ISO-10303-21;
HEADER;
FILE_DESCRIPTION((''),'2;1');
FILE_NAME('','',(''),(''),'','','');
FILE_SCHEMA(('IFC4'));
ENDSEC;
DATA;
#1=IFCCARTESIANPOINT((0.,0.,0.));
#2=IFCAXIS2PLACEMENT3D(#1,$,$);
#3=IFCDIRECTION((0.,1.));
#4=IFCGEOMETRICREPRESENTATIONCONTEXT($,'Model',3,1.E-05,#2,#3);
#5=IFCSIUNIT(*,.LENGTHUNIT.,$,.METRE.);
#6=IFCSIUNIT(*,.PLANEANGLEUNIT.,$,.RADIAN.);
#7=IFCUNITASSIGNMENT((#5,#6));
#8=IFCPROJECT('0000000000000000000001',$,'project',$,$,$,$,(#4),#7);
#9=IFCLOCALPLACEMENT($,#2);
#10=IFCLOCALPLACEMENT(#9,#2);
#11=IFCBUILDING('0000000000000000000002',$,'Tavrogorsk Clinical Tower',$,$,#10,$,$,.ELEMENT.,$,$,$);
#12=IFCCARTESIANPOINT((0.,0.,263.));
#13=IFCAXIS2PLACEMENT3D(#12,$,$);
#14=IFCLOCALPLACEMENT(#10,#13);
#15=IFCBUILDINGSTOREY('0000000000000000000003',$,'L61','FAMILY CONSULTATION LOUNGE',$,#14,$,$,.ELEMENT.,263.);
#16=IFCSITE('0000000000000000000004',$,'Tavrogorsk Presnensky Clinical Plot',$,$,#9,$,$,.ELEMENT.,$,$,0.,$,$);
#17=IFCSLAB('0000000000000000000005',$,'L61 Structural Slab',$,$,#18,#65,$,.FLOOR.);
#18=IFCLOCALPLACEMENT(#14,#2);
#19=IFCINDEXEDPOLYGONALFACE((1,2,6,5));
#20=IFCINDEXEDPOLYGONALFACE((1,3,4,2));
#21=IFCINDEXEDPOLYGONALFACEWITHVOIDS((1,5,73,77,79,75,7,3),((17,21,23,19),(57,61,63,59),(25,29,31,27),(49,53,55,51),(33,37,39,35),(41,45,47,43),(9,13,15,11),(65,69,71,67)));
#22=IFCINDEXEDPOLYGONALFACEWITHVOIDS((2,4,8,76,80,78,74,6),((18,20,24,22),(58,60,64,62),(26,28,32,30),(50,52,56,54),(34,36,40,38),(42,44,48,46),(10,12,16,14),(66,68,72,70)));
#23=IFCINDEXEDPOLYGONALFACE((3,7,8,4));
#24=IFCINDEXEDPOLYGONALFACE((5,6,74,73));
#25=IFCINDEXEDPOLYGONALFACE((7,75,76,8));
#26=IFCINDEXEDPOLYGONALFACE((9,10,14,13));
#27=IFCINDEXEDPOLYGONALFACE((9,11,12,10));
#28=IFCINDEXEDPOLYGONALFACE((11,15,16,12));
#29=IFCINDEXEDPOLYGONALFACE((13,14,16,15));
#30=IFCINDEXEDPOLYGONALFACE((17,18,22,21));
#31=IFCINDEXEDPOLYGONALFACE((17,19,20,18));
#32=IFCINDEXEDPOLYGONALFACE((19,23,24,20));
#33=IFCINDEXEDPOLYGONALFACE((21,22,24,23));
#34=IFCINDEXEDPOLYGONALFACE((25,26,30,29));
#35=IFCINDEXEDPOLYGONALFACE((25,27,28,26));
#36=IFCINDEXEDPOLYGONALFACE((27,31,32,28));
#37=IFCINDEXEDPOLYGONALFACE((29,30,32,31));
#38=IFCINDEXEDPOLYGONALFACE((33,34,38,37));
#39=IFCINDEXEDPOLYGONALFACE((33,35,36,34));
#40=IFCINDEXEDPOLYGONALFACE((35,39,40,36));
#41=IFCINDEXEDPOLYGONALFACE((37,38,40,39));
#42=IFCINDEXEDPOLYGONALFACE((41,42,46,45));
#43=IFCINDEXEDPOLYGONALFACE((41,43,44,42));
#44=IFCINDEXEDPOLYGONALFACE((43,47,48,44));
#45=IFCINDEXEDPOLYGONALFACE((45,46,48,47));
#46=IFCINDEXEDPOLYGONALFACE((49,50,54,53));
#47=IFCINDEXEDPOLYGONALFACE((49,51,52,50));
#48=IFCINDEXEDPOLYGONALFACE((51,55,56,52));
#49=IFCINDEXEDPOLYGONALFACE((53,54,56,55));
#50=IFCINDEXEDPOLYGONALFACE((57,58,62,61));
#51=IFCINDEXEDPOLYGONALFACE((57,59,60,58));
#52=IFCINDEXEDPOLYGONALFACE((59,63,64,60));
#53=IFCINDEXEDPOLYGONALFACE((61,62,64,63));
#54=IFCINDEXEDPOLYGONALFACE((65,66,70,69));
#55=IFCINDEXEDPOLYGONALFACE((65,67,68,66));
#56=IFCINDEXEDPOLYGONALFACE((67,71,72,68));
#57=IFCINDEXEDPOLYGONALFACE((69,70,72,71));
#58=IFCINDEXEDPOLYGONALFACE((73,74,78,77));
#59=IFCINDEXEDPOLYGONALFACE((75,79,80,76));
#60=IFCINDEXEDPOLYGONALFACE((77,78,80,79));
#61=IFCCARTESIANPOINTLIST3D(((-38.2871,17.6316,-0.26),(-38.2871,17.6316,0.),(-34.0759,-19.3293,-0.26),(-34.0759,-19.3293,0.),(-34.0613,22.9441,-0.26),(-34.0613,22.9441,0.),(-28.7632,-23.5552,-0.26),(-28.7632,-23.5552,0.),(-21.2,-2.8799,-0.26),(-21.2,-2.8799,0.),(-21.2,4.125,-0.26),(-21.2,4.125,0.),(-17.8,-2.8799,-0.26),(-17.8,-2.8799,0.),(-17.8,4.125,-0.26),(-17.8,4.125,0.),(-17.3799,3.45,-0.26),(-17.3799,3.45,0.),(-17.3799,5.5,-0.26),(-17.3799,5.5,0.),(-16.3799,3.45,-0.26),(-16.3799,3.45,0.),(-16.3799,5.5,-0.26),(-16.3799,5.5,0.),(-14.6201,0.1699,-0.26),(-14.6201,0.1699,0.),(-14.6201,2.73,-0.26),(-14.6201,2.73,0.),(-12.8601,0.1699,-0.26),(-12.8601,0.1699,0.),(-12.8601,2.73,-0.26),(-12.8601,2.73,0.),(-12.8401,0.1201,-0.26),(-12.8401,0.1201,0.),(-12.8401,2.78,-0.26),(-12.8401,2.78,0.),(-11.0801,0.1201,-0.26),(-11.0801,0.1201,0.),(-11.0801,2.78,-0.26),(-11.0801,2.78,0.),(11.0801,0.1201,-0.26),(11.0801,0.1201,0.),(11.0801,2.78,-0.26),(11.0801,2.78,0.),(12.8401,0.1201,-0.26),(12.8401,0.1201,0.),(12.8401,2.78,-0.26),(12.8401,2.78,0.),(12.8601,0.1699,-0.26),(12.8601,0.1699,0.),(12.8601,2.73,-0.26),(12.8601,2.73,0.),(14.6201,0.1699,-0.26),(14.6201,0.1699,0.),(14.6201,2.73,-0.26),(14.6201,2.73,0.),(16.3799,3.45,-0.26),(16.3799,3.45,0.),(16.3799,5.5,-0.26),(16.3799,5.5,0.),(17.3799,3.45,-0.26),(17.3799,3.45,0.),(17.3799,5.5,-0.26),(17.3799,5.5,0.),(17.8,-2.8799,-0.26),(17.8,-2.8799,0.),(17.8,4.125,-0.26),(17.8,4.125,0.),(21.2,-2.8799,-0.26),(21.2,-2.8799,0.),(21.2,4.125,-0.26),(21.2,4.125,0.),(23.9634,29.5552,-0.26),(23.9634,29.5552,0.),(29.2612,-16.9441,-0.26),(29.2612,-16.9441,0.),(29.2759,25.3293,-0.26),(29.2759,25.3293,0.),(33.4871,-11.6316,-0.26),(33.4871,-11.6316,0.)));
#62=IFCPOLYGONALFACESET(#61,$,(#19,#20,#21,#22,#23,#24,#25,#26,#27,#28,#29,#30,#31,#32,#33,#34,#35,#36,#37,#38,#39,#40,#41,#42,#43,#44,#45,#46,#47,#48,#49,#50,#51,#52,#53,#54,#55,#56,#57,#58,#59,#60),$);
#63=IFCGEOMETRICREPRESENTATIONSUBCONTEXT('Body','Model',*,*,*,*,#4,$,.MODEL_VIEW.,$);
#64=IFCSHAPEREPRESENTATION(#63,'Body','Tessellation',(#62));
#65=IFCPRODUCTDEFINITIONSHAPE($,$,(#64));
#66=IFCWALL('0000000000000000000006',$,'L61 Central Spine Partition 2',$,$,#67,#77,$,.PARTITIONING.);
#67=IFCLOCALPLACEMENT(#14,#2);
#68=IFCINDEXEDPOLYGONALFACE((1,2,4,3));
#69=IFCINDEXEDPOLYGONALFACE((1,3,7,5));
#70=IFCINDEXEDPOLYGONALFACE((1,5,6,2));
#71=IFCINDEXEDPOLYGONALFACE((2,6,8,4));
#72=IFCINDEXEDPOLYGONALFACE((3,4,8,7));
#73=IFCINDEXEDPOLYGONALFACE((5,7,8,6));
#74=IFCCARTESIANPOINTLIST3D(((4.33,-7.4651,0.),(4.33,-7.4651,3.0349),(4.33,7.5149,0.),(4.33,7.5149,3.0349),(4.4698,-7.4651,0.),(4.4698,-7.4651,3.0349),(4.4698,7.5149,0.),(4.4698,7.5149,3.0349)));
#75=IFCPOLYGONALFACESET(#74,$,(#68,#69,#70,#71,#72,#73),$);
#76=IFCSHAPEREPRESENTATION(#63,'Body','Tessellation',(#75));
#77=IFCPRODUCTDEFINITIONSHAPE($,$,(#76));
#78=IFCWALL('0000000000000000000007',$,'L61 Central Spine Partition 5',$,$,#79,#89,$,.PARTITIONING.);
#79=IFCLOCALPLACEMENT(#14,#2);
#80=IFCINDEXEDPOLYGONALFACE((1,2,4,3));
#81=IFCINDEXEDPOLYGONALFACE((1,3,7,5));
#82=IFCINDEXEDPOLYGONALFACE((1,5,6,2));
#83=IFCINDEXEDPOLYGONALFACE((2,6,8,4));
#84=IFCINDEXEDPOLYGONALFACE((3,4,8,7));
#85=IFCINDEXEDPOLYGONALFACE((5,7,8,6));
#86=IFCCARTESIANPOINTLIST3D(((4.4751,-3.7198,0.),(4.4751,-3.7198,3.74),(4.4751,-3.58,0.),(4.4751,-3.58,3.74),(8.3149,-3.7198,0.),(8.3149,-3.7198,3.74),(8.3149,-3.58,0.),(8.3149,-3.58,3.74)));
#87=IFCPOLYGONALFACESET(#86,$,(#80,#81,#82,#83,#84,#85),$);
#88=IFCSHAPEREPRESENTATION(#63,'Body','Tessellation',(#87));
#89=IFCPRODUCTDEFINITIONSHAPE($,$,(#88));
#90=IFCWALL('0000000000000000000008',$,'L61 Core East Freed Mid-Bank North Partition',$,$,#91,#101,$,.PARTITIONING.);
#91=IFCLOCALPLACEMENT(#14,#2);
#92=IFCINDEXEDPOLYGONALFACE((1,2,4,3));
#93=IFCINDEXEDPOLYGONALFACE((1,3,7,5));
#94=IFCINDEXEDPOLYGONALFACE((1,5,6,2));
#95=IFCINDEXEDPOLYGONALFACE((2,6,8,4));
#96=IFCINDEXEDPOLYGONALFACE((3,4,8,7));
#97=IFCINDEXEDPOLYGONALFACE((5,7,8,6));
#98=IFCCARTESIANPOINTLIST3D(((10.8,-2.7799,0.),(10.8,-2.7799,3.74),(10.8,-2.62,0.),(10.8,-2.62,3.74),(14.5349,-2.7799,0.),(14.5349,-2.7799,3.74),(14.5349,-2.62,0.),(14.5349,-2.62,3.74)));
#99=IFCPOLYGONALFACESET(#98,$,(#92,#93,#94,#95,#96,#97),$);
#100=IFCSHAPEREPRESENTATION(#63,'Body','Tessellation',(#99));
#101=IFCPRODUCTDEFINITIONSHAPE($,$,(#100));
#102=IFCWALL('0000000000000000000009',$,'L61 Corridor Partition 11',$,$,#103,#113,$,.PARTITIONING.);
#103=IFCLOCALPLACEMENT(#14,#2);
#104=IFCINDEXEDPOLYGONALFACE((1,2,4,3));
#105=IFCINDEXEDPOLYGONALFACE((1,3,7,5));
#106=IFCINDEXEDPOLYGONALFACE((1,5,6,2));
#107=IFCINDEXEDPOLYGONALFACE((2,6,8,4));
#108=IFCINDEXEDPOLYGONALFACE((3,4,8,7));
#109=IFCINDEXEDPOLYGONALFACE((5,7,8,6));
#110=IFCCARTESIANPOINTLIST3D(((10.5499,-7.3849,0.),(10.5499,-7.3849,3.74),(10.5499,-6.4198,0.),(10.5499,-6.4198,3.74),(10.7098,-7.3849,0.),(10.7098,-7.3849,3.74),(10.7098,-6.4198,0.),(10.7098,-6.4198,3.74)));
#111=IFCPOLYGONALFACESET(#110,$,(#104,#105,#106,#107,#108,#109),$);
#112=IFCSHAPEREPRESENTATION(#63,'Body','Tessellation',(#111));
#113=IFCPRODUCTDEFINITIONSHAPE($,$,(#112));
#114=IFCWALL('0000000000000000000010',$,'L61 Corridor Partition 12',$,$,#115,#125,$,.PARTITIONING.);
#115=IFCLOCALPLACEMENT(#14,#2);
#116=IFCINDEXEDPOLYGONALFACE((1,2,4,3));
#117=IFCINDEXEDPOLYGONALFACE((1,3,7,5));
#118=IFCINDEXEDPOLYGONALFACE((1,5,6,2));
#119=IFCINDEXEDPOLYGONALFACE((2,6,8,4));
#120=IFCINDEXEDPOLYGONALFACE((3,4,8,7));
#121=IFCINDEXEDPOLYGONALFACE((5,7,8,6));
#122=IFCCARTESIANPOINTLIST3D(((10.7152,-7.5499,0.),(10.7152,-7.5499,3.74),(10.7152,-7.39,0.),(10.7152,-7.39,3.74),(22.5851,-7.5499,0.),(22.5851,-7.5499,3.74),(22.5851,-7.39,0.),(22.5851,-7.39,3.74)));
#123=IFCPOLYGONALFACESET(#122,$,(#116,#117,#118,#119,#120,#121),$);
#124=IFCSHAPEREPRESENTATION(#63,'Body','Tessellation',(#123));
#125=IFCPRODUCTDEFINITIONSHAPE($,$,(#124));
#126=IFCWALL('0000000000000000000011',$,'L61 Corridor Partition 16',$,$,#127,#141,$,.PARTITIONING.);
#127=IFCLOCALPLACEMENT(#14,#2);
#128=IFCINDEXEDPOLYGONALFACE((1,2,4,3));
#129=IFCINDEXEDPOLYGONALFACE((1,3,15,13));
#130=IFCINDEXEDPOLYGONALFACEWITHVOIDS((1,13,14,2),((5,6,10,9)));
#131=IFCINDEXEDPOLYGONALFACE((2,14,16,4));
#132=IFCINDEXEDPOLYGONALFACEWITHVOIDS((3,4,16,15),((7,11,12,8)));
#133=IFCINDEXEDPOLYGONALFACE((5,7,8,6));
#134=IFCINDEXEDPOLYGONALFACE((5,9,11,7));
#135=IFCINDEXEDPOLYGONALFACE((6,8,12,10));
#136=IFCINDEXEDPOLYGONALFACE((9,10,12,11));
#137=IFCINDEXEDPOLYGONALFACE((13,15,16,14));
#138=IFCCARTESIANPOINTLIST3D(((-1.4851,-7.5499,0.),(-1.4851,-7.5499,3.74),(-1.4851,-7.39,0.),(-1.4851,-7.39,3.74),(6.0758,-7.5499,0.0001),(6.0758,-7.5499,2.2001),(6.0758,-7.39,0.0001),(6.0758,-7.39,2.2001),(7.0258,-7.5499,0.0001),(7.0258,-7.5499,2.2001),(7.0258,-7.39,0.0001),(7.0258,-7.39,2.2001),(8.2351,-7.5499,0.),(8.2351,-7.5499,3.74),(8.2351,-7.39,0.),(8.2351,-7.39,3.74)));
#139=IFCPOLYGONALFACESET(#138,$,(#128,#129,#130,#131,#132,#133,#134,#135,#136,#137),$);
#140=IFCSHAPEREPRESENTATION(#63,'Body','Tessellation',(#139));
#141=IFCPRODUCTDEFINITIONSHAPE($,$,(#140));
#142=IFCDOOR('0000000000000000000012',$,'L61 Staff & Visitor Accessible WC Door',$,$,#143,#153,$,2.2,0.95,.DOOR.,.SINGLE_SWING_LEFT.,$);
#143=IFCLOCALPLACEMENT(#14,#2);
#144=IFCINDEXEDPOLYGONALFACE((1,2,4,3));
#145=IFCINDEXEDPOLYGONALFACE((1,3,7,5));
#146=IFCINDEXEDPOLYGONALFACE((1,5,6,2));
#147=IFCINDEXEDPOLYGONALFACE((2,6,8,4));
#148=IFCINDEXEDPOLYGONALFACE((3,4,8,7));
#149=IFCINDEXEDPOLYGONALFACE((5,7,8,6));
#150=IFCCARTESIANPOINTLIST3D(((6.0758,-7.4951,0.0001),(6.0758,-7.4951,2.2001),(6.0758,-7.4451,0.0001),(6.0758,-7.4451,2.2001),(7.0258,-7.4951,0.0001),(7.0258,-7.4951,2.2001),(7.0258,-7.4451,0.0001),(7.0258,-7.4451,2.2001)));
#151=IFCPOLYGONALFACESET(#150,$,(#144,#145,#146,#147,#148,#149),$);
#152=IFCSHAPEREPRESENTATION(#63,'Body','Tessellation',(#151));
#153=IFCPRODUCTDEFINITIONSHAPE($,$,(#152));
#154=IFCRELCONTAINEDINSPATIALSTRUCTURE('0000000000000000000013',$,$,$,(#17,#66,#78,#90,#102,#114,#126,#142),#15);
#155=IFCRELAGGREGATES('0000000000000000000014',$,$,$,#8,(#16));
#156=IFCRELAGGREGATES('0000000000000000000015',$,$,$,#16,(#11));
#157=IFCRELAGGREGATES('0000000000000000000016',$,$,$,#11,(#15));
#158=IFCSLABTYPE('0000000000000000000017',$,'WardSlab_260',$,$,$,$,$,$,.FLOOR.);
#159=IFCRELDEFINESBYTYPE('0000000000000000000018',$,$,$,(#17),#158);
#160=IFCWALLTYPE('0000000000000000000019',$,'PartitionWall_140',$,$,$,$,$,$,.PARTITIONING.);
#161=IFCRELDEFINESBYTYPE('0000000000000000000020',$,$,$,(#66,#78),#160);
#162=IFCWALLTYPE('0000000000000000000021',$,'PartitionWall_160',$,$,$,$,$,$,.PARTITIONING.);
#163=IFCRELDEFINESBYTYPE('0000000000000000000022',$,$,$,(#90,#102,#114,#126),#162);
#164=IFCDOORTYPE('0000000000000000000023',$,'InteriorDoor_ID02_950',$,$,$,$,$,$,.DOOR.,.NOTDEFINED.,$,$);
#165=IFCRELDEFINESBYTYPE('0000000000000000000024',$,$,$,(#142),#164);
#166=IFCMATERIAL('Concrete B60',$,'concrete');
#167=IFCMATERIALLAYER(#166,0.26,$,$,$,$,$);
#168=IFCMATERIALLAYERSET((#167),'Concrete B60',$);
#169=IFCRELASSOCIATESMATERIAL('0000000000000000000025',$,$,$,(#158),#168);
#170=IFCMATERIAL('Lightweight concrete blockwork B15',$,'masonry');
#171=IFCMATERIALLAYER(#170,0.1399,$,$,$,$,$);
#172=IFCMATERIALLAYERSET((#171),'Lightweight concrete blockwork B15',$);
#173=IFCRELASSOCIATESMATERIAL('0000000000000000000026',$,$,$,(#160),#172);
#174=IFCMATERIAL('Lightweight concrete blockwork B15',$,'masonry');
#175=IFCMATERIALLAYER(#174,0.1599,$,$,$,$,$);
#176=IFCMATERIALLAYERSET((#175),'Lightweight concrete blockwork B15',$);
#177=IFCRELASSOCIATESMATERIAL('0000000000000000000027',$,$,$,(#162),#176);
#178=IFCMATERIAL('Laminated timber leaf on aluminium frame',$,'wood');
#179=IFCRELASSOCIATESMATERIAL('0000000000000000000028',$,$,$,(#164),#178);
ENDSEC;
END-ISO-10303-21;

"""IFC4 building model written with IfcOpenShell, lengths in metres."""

from ifc_helpers import new_model, si_unit, direction, frame, frame_2d, origin, place, context, subcontext, project, spatial, polyline, rectangle, outline, extrude, material, layer, layer_set, type_object, element, fill, save


model = new_model("IFC4")

# Units and contexts
model_context = context("Model", 3, precision=1e-05, world=origin(), true_north=direction((0.0, 1.0)))
body_context = subcontext(model_context, "Body", "Model", "MODEL_VIEW")
ifc_project = project(units=[si_unit("LENGTHUNIT", "METRE"), si_unit("PLANEANGLEUNIT", "RADIAN")], contexts=[model_context])

# Site, building, storey
site_placement = place(None, origin())
site = spatial("IfcSite", under=ifc_project, at=site_placement, Name="Tavrogorsk Presnensky Clinical Plot", CompositionType="ELEMENT", RefElevation=0.0)
building_placement = place(site_placement, origin())
building = spatial("IfcBuilding", under=site, at=building_placement, Name="Tavrogorsk Clinical Tower", CompositionType="ELEMENT")
storey_placement = place(building_placement, frame((0.0, 0.0, 263.0)))
storey = spatial("IfcBuildingStorey", under=building, at=storey_placement, Name="L61", Description="FAMILY CONSULTATION LOUNGE", CompositionType="ELEMENT", Elevation=263.0)

# Slab
ifc_material_1 = material(Name="Concrete B60", Category="concrete")
ifc_layer_1 = layer(ifc_material_1, 0.26)
ifc_layer_set_1 = layer_set([ifc_layer_1], Name="Concrete B60")
slab_type_1 = type_object("IfcSlabType", Name="WardSlab_260", PredefinedType="FLOOR", material=ifc_layer_set_1)
slab_1_placement = place(storey_placement, frame((0.0, 0.0, -0.26)))
element("IfcSlab", 1, at=slab_1_placement, inside=storey, type_object=slab_type_1, Name="L61 Structural Slab", PredefinedType="FLOOR", context=body_context, shape_type="SweptSolid", body=[
    extrude(outline(polyline([(-28.7632, -23.5552), (29.2612, -16.9441), (33.4871, -11.6316), (29.2759, 25.3293), (23.9634, 29.5552), (-34.0613, 22.9441), (-38.2871, 17.6316), (-34.0759, -19.3293), (-28.7632, -23.5552)]), holes=[polyline([(-17.8, -2.8799), (-17.8, 4.125), (-21.2, 4.125), (-21.2, -2.8799), (-17.8, -2.8799)]), polyline([(21.2, -2.8799), (21.2, 4.125), (17.8, 4.125), (17.8, -2.8799), (21.2, -2.8799)]), polyline([(-14.6201, 0.1699), (-12.8601, 0.1699), (-12.8601, 2.73), (-14.6201, 2.73), (-14.6201, 0.1699)]), polyline([(-12.8401, 0.1201), (-11.0801, 0.1201), (-11.0801, 2.78), (-12.8401, 2.78), (-12.8401, 0.1201)]), polyline([(12.8601, 0.1699), (14.6201, 0.1699), (14.6201, 2.73), (12.8601, 2.73), (12.8601, 0.1699)]), polyline([(11.0801, 0.1201), (12.8401, 0.1201), (12.8401, 2.78), (11.0801, 2.78), (11.0801, 0.1201)]), polyline([(-17.3799, 3.45), (-16.3799, 3.45), (-16.3799, 5.5), (-17.3799, 5.5), (-17.3799, 3.45)]), polyline([(16.3799, 3.45), (17.3799, 3.45), (17.3799, 5.5), (16.3799, 5.5), (16.3799, 3.45)])]), origin(), (0.0, 0.0, 1.0), 0.26),
])

# Walls
ifc_material_2 = material(Name="Lightweight concrete blockwork B15", Category="masonry")
ifc_layer_2 = layer(ifc_material_2, 0.1399)
ifc_layer_set_2 = layer_set([ifc_layer_2], Name="Lightweight concrete blockwork B15")
wall_type_1 = type_object("IfcWallType", Name="PartitionWall_140", PredefinedType="PARTITIONING", material=ifc_layer_set_2)
wall_1_placement = place(storey_placement, frame((4.3999, -7.4651, 0.0), z_axis=(0.0, 0.0, 1.0), x_axis=(0.0, 1.0, 0.0)))
element("IfcWall", 2, at=wall_1_placement, inside=storey, type_object=wall_type_1, Name="L61 Central Spine Partition 2", PredefinedType="PARTITIONING", context=body_context, shape_type="SweptSolid", body=[
    extrude(rectangle(XDim=14.98, YDim=0.1399, at=frame_2d((7.49, 0.0))), origin(), (0.0, 0.0, 1.0), 3.0349),
])
wall_2_placement = place(storey_placement, frame((4.4751, -3.6499, 0.0), z_axis=(0.0, 0.0, 1.0), x_axis=(1.0, 0.0, 0.0)))
element("IfcWall", 3, at=wall_2_placement, inside=storey, type_object=wall_type_1, Name="L61 Central Spine Partition 5", PredefinedType="PARTITIONING", context=body_context, shape_type="SweptSolid", body=[
    extrude(rectangle(XDim=3.8398, YDim=0.1399, at=frame_2d((1.9199, 0.0))), origin(), (0.0, 0.0, 1.0), 3.74),
])
ifc_material_3 = material(Name="Lightweight concrete blockwork B15", Category="masonry")
ifc_layer_3 = layer(ifc_material_3, 0.1599)
ifc_layer_set_3 = layer_set([ifc_layer_3], Name="Lightweight concrete blockwork B15")
wall_type_2 = type_object("IfcWallType", Name="PartitionWall_160", PredefinedType="PARTITIONING", material=ifc_layer_set_3)
wall_3_placement = place(storey_placement, frame((10.8, -2.7, 0.0), z_axis=(0.0, 0.0, 1.0), x_axis=(1.0, 0.0, 0.0)))
element("IfcWall", 4, at=wall_3_placement, inside=storey, type_object=wall_type_2, Name="L61 Core East Freed Mid-Bank North Partition", PredefinedType="PARTITIONING", context=body_context, shape_type="SweptSolid", body=[
    extrude(rectangle(XDim=3.7349, YDim=0.1599, at=frame_2d((1.8674, 0.0))), origin(), (0.0, 0.0, 1.0), 3.74),
])
wall_4_placement = place(storey_placement, frame((10.6299, -6.4199, 0.0), z_axis=(0.0, 0.0, 1.0), x_axis=(0.0, -1.0, 0.0)))
element("IfcWall", 5, at=wall_4_placement, inside=storey, type_object=wall_type_2, Name="L61 Corridor Partition 11", PredefinedType="PARTITIONING", context=body_context, shape_type="SweptSolid", body=[
    extrude(rectangle(XDim=0.9651, YDim=0.1599, at=frame_2d((0.4824, 0.0))), origin(), (0.0, 0.0, 1.0), 3.74),
])
wall_5_placement = place(storey_placement, frame((10.7151, -7.47, 0.0), z_axis=(0.0, 0.0, 1.0), x_axis=(1.0, 0.0, 0.0)))
element("IfcWall", 6, at=wall_5_placement, inside=storey, type_object=wall_type_2, Name="L61 Corridor Partition 12", PredefinedType="PARTITIONING", context=body_context, shape_type="SweptSolid", body=[
    extrude(rectangle(XDim=11.8699, YDim=0.1599, at=frame_2d((5.9351, 0.0))), origin(), (0.0, 0.0, 1.0), 3.74),
])

# Wall, opening, door
wall_6_placement = place(storey_placement, frame((-1.4851, -7.47, 0.0), z_axis=(0.0, 0.0, 1.0), x_axis=(1.0, 0.0, 0.0)))
wall_6 = element("IfcWall", 7, at=wall_6_placement, inside=storey, type_object=wall_type_2, Name="L61 Corridor Partition 16", PredefinedType="PARTITIONING", context=body_context, shape_type="SweptSolid", body=[
    extrude(rectangle(XDim=9.7202, YDim=0.1599, at=frame_2d((4.8601, 0.0))), origin(), (0.0, 0.0, 1.0), 3.74),
])
opening_1_placement = place(wall_6_placement, frame((7.5608, 0.0, 0.0)))
opening_1 = element("IfcOpeningElement", 8, at=opening_1_placement, cuts=wall_6, PredefinedType="OPENING", context=body_context, shape_type="SweptSolid", body=[
    extrude(rectangle(XDim=0.95, YDim=2.2, at=frame_2d((0.4751, 1.1001))), frame((0.0, 0.0898, 0.0), z_axis=(0.0, -1.0, 0.0), x_axis=(1.0, 0.0, 0.0)), (0.0, 0.0, 1.0), 0.1799),
])
ifc_material_4 = material(Name="Laminated timber leaf on aluminium frame", Category="wood")
door_type = type_object("IfcDoorType", Name="InteriorDoor_ID02_950", OperationType="NOTDEFINED", PredefinedType="DOOR", material=ifc_material_4)
door_1_placement = place(opening_1_placement, origin())
door_1 = element("IfcDoor", 9, at=door_1_placement, inside=storey, type_object=door_type, Name="L61 Staff & Visitor Accessible WC Door", OperationType="SINGLE_SWING_LEFT", OverallHeight=2.2, OverallWidth=0.95, PredefinedType="DOOR", context=body_context, shape_type="SweptSolid", body=[
    extrude(rectangle(XDim=0.95, YDim=2.2, at=frame_2d((0.4751, 1.1001))), frame((0.0, 0.0249, 0.0), z_axis=(0.0, -1.0, 0.0), x_axis=(1.0, 0.0, 0.0)), (0.0, 0.0, 1.0), 0.05),
])
fill(opening_1, door_1)

save(model, "model.ifc")
